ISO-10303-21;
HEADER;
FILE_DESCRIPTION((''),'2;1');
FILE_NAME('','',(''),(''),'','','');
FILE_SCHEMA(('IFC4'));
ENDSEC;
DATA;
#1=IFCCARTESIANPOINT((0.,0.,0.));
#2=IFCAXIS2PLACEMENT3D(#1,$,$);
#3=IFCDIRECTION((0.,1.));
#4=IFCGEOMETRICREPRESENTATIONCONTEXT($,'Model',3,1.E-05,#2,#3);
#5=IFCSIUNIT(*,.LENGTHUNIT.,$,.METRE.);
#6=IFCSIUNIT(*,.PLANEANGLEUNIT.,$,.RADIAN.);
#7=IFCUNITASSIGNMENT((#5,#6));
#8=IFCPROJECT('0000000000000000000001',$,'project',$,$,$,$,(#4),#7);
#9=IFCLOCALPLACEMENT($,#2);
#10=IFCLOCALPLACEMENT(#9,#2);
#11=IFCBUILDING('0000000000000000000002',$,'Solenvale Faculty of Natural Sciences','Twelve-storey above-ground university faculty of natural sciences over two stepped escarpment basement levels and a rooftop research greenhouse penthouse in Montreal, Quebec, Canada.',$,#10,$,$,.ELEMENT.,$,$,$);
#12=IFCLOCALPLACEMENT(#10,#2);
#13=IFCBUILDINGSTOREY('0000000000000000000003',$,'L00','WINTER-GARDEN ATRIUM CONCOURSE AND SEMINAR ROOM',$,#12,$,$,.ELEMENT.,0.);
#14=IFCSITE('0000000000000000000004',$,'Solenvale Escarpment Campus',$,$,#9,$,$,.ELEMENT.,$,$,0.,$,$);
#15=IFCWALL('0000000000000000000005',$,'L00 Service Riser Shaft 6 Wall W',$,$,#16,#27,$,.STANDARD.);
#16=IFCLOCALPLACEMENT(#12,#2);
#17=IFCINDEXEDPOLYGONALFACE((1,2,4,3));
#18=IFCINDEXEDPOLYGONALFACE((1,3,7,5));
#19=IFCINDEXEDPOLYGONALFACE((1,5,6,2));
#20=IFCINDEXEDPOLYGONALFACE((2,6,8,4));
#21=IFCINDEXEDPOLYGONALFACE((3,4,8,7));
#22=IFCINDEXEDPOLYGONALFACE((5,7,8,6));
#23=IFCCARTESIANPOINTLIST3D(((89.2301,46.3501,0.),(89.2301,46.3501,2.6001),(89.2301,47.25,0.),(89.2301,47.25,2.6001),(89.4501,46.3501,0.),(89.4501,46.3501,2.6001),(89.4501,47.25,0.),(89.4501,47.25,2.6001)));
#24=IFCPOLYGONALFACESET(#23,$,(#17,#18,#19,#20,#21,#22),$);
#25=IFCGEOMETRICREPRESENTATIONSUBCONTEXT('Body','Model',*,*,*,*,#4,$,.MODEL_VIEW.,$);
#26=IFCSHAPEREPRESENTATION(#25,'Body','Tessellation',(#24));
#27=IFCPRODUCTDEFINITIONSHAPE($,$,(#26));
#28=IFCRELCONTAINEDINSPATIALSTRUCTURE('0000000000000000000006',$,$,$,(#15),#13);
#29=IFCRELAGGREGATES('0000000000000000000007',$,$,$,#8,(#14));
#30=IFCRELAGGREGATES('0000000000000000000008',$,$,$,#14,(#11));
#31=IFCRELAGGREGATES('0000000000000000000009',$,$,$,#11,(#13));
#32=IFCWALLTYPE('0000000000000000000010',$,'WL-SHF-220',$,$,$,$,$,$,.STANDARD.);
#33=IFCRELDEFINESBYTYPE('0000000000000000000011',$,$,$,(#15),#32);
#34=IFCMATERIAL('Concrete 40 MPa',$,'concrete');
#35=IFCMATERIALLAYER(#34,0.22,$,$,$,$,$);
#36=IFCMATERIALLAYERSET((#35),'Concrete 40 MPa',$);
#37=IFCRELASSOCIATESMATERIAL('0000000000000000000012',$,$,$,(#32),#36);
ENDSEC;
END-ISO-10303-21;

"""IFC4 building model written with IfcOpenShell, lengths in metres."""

from ifc_helpers import new_model, si_unit, direction, frame, frame_2d, origin, place, context, subcontext, project, spatial, rectangle, extrude, material, layer, layer_set, type_object, element, save


model = new_model("IFC4")

# Units and contexts
model_context = context("Model", 3, precision=1e-05, world=origin(), true_north=direction((0.0, 1.0)))
body_context = subcontext(model_context, "Body", "Model", "MODEL_VIEW")
ifc_project = project(units=[si_unit("LENGTHUNIT", "METRE"), si_unit("PLANEANGLEUNIT", "RADIAN")], contexts=[model_context])

# Site, building, storey
site_placement = place(None, origin())
site = spatial("IfcSite", under=ifc_project, at=site_placement, Name="Solenvale Escarpment Campus", CompositionType="ELEMENT", RefElevation=0.0)
building_placement = place(site_placement, origin())
building = spatial("IfcBuilding", under=site, at=building_placement, Name="Solenvale Faculty of Natural Sciences", Description="Twelve-storey above-ground university faculty of natural sciences over two stepped escarpment basement levels and a rooftop research greenhouse penthouse in Montreal, Quebec, Canada.", CompositionType="ELEMENT")
storey_placement = place(building_placement, origin())
storey = spatial("IfcBuildingStorey", under=building, at=storey_placement, Name="L00", Description="WINTER-GARDEN ATRIUM CONCOURSE AND SEMINAR ROOM", CompositionType="ELEMENT", Elevation=0.0)

# Shared definitions
ifc_material_1 = material(Name="Concrete 40 MPa", Category="concrete")

# Wall
ifc_layer_1 = layer(ifc_material_1, 0.22)
ifc_layer_set_1 = layer_set([ifc_layer_1], Name="Concrete 40 MPa")
wall_type_1 = type_object("IfcWallType", Name="WL-SHF-220", PredefinedType="STANDARD", material=ifc_layer_set_1)
wall_1_placement = place(storey_placement, frame((89.3401, 46.3501, 0.0), z_axis=(0.0, 0.0, 1.0), x_axis=(0.0, 1.0, 0.0)))
element("IfcWall", 1, at=wall_1_placement, inside=storey, type_object=wall_type_1, Name="L00 Service Riser Shaft 6 Wall W", PredefinedType="STANDARD", context=body_context, shape_type="SweptSolid", body=[
    extrude(rectangle(XDim=0.8999, YDim=0.22, at=frame_2d((0.45, 0.0))), origin(), (0.0, 0.0, 1.0), 2.6001),
])

save(model, "model.ifc")
